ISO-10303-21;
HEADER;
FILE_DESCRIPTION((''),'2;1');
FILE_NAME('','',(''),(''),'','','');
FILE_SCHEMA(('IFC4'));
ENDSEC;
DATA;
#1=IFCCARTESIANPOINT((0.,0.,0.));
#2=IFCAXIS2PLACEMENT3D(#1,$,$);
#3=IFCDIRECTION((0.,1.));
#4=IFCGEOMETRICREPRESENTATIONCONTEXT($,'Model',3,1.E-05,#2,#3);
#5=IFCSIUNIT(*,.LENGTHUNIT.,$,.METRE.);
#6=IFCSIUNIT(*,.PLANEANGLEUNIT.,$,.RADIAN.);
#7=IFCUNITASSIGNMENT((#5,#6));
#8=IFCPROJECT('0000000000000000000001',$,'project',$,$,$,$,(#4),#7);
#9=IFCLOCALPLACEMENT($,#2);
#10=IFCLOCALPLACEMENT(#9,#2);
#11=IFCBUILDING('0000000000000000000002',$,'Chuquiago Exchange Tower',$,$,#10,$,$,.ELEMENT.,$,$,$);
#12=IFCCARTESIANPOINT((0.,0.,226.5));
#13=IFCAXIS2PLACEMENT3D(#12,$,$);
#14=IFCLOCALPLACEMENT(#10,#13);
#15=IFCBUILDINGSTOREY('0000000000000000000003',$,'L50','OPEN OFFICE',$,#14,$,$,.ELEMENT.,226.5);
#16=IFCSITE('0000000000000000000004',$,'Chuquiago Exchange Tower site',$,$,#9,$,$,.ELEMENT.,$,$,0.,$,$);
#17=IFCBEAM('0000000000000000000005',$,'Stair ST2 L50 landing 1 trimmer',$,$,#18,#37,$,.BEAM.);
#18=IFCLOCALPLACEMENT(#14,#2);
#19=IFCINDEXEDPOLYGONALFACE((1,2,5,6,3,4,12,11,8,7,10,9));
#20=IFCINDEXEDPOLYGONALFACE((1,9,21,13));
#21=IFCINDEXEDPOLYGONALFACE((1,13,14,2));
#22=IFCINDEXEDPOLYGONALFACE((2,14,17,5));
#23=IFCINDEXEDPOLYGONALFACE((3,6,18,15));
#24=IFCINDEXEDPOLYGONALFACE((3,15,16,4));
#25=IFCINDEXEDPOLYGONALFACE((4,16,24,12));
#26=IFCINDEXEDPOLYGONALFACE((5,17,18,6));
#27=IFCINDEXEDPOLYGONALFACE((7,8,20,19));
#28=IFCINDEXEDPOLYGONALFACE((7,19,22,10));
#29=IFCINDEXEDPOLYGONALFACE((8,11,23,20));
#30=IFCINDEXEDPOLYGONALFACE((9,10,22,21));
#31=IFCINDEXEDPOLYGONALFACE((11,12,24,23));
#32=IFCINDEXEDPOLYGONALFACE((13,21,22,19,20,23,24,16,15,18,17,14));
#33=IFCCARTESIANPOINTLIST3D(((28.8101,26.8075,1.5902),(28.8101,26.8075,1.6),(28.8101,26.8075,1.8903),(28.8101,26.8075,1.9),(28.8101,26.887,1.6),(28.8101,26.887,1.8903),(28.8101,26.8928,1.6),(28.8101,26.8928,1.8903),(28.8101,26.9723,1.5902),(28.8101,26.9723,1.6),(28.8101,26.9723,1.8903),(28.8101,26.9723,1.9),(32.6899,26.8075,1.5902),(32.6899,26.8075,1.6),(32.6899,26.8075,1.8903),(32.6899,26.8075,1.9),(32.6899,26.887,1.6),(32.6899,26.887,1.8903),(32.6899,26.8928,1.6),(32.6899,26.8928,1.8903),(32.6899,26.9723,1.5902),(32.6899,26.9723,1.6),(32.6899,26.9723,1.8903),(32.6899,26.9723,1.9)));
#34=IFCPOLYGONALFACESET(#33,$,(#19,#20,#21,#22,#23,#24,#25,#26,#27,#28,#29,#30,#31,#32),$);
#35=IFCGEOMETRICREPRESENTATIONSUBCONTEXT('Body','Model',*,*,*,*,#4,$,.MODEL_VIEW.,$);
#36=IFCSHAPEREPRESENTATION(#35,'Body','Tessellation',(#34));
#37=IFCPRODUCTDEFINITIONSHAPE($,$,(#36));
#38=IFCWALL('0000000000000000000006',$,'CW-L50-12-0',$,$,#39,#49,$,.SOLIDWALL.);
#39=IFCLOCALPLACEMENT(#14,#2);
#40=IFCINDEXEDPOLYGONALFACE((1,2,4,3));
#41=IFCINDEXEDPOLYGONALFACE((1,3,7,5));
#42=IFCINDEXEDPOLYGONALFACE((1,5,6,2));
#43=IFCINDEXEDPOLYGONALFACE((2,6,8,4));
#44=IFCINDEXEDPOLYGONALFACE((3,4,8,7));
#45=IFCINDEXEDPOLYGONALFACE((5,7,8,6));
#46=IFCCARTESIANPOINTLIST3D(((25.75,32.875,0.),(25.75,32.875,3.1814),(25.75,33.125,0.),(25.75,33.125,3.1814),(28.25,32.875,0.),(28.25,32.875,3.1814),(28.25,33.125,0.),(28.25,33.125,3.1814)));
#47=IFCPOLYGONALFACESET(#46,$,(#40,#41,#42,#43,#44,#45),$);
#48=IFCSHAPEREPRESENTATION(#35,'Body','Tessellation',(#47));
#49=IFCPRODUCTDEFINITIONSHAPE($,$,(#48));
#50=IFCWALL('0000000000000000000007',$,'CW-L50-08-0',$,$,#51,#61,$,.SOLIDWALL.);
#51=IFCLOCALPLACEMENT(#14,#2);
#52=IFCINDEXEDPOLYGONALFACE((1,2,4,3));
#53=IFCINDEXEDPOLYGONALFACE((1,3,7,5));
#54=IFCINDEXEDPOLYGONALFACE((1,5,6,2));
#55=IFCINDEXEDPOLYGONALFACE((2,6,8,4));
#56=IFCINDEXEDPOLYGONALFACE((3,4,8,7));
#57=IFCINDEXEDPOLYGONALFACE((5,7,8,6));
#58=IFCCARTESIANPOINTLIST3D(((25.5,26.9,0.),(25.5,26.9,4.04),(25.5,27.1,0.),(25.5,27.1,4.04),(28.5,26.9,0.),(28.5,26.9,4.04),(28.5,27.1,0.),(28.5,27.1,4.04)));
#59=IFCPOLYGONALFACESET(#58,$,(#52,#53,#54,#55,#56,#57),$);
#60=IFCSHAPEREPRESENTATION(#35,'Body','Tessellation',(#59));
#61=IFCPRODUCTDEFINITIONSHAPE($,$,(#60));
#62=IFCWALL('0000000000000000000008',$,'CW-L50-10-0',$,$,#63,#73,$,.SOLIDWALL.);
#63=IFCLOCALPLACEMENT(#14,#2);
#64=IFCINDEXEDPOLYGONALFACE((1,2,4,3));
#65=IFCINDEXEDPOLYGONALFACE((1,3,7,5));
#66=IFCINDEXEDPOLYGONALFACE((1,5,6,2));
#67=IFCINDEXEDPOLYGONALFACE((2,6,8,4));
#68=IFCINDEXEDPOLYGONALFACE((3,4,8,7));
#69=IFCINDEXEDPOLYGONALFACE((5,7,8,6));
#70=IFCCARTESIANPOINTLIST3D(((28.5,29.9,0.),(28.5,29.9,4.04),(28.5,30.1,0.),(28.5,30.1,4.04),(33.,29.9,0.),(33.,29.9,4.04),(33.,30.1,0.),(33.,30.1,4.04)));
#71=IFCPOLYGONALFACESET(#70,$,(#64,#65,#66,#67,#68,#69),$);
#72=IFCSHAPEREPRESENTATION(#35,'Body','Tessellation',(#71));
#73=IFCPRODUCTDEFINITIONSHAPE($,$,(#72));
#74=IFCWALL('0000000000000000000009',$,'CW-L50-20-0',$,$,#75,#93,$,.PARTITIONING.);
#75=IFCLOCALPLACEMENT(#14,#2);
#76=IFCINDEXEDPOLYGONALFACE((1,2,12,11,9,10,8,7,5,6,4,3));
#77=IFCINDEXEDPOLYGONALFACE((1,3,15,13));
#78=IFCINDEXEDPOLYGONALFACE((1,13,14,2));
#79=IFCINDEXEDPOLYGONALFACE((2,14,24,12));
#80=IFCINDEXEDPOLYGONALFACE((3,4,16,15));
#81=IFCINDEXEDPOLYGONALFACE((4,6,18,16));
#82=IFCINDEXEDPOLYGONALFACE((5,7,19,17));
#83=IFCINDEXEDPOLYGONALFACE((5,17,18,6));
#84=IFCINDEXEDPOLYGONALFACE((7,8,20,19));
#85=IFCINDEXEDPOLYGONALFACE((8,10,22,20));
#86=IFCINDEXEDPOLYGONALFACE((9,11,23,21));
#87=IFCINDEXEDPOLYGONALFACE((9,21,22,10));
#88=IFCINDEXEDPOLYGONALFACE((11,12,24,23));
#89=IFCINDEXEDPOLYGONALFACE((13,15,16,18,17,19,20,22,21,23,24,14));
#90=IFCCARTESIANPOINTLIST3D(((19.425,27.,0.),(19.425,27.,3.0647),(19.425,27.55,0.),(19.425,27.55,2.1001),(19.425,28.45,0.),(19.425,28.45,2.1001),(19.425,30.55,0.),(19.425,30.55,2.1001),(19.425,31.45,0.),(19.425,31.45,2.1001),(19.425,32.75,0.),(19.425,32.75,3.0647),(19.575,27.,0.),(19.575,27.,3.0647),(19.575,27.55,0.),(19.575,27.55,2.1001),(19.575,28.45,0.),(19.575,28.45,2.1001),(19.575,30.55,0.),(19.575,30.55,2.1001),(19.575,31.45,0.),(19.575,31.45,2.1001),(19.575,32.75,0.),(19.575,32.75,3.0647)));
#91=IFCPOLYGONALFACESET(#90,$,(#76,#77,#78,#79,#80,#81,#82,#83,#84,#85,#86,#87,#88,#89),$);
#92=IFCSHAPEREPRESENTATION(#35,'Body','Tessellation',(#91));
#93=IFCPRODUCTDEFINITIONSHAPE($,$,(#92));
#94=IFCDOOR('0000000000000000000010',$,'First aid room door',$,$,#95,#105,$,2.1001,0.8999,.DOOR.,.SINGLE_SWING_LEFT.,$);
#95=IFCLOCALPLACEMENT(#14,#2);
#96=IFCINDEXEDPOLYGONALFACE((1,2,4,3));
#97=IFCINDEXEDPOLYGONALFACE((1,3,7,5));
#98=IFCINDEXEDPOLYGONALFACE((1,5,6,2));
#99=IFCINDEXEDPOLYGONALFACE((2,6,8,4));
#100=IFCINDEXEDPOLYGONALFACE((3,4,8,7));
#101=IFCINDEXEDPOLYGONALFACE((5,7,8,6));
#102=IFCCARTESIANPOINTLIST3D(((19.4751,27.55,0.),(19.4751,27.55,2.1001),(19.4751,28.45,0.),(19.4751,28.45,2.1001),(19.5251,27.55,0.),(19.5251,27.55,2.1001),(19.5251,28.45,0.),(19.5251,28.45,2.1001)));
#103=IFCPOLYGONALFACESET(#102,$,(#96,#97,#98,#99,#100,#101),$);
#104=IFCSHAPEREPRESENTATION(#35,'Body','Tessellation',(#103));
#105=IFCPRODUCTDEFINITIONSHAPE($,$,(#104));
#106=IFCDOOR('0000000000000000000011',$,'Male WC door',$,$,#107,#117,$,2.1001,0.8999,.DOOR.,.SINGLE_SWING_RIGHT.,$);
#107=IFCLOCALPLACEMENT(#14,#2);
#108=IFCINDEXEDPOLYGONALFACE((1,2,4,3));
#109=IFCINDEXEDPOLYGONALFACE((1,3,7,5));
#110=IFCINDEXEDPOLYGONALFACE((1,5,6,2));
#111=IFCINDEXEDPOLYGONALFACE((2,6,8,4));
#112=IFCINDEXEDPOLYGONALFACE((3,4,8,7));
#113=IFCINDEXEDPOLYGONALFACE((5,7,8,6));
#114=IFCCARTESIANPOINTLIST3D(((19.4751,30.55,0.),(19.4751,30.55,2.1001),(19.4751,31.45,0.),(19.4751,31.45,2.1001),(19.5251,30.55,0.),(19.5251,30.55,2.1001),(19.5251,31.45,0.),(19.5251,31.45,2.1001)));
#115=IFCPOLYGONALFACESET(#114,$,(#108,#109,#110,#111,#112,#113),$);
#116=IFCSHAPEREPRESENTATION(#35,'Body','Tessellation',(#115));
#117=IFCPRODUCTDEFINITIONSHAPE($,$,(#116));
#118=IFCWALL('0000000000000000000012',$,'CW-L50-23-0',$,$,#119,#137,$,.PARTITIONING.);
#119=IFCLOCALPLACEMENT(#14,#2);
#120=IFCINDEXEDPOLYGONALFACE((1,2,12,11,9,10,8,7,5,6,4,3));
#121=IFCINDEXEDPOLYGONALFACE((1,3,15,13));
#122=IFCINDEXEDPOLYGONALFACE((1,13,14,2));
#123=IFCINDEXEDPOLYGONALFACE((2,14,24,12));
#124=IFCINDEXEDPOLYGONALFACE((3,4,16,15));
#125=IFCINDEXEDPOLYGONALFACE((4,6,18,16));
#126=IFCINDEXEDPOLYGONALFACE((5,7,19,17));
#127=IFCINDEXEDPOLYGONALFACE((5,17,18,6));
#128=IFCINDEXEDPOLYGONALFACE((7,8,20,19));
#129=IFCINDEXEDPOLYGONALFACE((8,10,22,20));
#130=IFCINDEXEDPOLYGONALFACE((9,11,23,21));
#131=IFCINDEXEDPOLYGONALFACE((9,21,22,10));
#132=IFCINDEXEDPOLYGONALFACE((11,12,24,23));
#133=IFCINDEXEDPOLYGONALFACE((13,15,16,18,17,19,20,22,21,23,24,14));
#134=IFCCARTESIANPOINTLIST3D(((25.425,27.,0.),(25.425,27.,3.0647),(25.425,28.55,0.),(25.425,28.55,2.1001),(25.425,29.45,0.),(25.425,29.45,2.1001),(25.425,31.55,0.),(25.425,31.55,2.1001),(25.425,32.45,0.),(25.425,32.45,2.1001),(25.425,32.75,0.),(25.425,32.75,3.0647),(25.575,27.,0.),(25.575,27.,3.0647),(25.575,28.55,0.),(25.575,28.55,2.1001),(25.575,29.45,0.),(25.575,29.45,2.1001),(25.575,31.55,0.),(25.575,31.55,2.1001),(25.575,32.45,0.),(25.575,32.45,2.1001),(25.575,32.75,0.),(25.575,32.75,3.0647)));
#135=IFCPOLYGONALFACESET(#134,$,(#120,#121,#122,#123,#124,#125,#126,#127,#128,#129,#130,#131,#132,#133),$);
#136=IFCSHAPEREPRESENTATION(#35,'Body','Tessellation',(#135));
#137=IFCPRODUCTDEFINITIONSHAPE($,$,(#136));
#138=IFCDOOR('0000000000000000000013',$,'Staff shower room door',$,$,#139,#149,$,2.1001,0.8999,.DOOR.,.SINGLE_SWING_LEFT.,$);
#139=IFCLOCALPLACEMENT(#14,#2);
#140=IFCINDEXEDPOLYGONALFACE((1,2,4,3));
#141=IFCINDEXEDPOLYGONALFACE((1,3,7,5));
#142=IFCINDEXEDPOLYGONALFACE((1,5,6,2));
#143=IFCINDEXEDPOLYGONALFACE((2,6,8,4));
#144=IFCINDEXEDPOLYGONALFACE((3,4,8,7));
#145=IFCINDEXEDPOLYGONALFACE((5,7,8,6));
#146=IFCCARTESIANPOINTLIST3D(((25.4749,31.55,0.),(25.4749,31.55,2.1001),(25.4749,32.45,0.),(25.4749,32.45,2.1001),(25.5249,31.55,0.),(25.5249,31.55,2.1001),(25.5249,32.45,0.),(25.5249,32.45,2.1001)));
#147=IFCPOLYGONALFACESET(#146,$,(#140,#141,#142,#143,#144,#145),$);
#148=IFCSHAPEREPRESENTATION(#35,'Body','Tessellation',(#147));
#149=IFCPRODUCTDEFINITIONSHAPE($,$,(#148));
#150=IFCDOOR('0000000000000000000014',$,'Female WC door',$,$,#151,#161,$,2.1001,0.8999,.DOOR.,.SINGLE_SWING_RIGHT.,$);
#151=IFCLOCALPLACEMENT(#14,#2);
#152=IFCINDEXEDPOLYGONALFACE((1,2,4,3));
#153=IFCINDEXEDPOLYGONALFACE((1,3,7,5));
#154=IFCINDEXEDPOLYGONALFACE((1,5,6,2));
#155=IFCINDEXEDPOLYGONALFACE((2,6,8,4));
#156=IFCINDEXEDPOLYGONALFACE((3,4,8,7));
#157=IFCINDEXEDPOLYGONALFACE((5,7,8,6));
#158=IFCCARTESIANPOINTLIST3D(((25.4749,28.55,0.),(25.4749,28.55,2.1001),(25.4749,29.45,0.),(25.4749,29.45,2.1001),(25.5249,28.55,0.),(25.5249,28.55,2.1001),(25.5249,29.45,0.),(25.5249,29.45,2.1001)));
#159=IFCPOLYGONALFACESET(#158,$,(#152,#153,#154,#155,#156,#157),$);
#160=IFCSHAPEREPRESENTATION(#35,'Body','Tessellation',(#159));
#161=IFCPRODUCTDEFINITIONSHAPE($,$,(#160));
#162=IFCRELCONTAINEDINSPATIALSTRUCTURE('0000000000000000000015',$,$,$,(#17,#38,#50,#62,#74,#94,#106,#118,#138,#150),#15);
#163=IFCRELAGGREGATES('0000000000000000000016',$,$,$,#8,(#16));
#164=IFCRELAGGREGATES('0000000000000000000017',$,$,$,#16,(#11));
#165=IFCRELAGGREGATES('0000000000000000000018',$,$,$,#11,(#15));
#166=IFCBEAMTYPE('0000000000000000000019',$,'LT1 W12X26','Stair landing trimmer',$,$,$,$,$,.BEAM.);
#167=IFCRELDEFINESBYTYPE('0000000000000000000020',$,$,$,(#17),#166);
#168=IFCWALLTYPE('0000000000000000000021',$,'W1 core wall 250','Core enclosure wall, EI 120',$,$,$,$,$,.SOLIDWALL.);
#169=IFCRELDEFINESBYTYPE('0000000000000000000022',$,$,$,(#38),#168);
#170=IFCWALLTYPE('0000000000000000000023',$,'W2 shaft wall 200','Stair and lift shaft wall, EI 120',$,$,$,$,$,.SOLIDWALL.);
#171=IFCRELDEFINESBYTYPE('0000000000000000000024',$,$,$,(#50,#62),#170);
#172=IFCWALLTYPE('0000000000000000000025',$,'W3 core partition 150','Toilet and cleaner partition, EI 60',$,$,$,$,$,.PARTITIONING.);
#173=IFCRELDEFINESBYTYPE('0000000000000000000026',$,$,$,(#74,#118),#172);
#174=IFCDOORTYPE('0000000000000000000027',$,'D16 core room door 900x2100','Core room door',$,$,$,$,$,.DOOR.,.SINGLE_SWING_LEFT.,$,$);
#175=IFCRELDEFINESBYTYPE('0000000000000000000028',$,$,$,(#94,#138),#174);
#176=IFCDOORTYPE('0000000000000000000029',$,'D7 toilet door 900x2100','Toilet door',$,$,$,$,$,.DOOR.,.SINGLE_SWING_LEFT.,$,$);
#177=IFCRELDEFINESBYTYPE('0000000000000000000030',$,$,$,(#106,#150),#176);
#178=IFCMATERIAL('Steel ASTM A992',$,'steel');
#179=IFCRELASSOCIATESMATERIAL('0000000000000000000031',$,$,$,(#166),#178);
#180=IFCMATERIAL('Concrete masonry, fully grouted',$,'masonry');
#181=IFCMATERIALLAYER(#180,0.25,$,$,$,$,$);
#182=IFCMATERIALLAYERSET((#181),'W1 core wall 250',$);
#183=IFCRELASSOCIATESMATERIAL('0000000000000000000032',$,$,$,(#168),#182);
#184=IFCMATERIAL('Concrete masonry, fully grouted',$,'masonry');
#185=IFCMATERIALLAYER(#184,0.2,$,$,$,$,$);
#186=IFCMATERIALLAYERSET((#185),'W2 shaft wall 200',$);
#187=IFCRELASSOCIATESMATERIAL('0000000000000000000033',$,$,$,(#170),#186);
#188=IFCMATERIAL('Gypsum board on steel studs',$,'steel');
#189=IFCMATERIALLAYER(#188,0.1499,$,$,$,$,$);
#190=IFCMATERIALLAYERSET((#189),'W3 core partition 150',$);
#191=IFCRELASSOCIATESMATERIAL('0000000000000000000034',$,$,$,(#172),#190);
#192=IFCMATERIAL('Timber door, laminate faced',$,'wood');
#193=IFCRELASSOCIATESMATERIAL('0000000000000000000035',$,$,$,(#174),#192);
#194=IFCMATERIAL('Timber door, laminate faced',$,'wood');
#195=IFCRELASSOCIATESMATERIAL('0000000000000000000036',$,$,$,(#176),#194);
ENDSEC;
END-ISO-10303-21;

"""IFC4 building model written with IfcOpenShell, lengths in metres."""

from ifc_helpers import new_model, si_unit, direction, frame, frame_2d, origin, origin_2d, place, context, subcontext, project, spatial, rectangle, i_section, extrude, material, layer, layer_set, material_profile, profile_set, type_object, element, fill, save


model = new_model("IFC4")

# Units and contexts
model_context = context("Model", 3, precision=1e-05, world=origin(), true_north=direction((0.0, 1.0)))
body_context = subcontext(model_context, "Body", "Model", "MODEL_VIEW")
ifc_project = project(units=[si_unit("LENGTHUNIT", "METRE"), si_unit("PLANEANGLEUNIT", "RADIAN")], contexts=[model_context])

# Site, building, storey
site_placement = place(None, origin())
site = spatial("IfcSite", under=ifc_project, at=site_placement, Name="Chuquiago Exchange Tower site", CompositionType="ELEMENT", RefElevation=0.0)
building_placement = place(site_placement, origin())
building = spatial("IfcBuilding", under=site, at=building_placement, Name="Chuquiago Exchange Tower", CompositionType="ELEMENT")
storey_placement = place(building_placement, frame((0.0, 0.0, 226.5)))
storey = spatial("IfcBuildingStorey", under=building, at=storey_placement, Name="L50", Description="OPEN OFFICE", CompositionType="ELEMENT", Elevation=226.5)

# Beam
ifc_material_1 = material(Name="Steel ASTM A992", Category="steel")
ifc_material_profile_1 = material_profile(ifc_material_1, i_section(OverallWidth=0.1648, OverallDepth=0.3098, WebThickness=0.0059, FlangeThickness=0.0098, at=origin_2d()), Name="W12X26")
ifc_profile_set_1 = profile_set([ifc_material_profile_1], Name="Steel ASTM A992")
beam_type_1 = type_object("IfcBeamType", Name="LT1 W12X26", Description="Stair landing trimmer", PredefinedType="BEAM", material=ifc_profile_set_1)
for number, where, z_axis, x_axis, name in (
    (1, (28.8101, 26.8899, 1.7451), (1.0, 0.0, 0.0), (0.0, 1.0, 0.0), "Stair ST2 L50 landing 1 trimmer"),
):
    element("IfcBeam", number, at=place(storey_placement, frame(where, z_axis=z_axis, x_axis=x_axis)), inside=storey, type_object=beam_type_1, Name=name, PredefinedType="BEAM", context=body_context, shape_type="SweptSolid", body=[
        extrude(i_section(OverallWidth=0.1648, OverallDepth=0.3098, WebThickness=0.0059, FlangeThickness=0.0098, at=origin_2d()), origin(), (0.0, 0.0, 1.0), 3.8799),
    ])

# Walls
ifc_material_2 = material(Name="Concrete masonry, fully grouted", Category="masonry")
ifc_layer_1 = layer(ifc_material_2, 0.25)
ifc_layer_set_1 = layer_set([ifc_layer_1], Name="W1 core wall 250")
wall_type_1 = type_object("IfcWallType", Name="W1 core wall 250", Description="Core enclosure wall, EI 120", PredefinedType="SOLIDWALL", material=ifc_layer_set_1)
wall_1_placement = place(storey_placement, frame((25.75, 33.0, 0.0), z_axis=(0.0, 0.0, 1.0), x_axis=(1.0, 0.0, 0.0)))
element("IfcWall", 2, at=wall_1_placement, inside=storey, type_object=wall_type_1, Name="CW-L50-12-0", PredefinedType="SOLIDWALL", context=body_context, shape_type="SweptSolid", body=[
    extrude(rectangle(XDim=2.5, YDim=0.25, at=frame_2d((1.25, 0.0))), origin(), (0.0, 0.0, 1.0), 3.1814),
])
ifc_material_3 = material(Name="Concrete masonry, fully grouted", Category="masonry")
ifc_layer_2 = layer(ifc_material_3, 0.2)
ifc_layer_set_2 = layer_set([ifc_layer_2], Name="W2 shaft wall 200")
wall_type_2 = type_object("IfcWallType", Name="W2 shaft wall 200", Description="Stair and lift shaft wall, EI 120", PredefinedType="SOLIDWALL", material=ifc_layer_set_2)
wall_2_placement = place(storey_placement, frame((25.5, 27.0, 0.0), z_axis=(0.0, 0.0, 1.0), x_axis=(1.0, 0.0, 0.0)))
element("IfcWall", 3, at=wall_2_placement, inside=storey, type_object=wall_type_2, Name="CW-L50-08-0", PredefinedType="SOLIDWALL", context=body_context, shape_type="SweptSolid", body=[
    extrude(rectangle(XDim=3.0, YDim=0.2, at=frame_2d((1.5, 0.0))), origin(), (0.0, 0.0, 1.0), 4.04),
])
wall_3_placement = place(storey_placement, frame((28.5, 30.0, 0.0), z_axis=(0.0, 0.0, 1.0), x_axis=(1.0, 0.0, 0.0)))
element("IfcWall", 4, at=wall_3_placement, inside=storey, type_object=wall_type_2, Name="CW-L50-10-0", PredefinedType="SOLIDWALL", context=body_context, shape_type="SweptSolid", body=[
    extrude(rectangle(XDim=4.5, YDim=0.2, at=frame_2d((2.25, 0.0))), origin(), (0.0, 0.0, 1.0), 4.04),
])

# Walls, openings, doors
ifc_material_4 = material(Name="Gypsum board on steel studs", Category="steel")
ifc_layer_3 = layer(ifc_material_4, 0.1499)
ifc_layer_set_3 = layer_set([ifc_layer_3], Name="W3 core partition 150")
wall_type_3 = type_object("IfcWallType", Name="W3 core partition 150", Description="Toilet and cleaner partition, EI 60", PredefinedType="PARTITIONING", material=ifc_layer_set_3)
wall_4_placement = place(storey_placement, frame((19.5, 27.0, 0.0), z_axis=(0.0, 0.0, 1.0), x_axis=(0.0, 1.0, 0.0)))
wall_4 = element("IfcWall", 5, at=wall_4_placement, inside=storey, type_object=wall_type_3, Name="CW-L50-20-0", PredefinedType="PARTITIONING", context=body_context, shape_type="SweptSolid", body=[
    extrude(rectangle(XDim=5.75, YDim=0.1499, at=frame_2d((2.875, 0.0))), origin(), (0.0, 0.0, 1.0), 3.0647),
])
opening_1_placement = place(wall_4_placement, frame((0.55, 0.0, 0.0)))
opening_1 = element("IfcOpeningElement", 6, at=opening_1_placement, cuts=wall_4, PredefinedType="OPENING", context=body_context, shape_type="SweptSolid", body=[
    extrude(rectangle(XDim=0.8999, YDim=2.1001, at=frame_2d((0.45, 1.05))), frame((0.0, 0.085, 0.0), z_axis=(0.0, -1.0, 0.0), x_axis=(1.0, 0.0, 0.0)), (0.0, 0.0, 1.0), 0.1699),
])
opening_2_placement = place(wall_4_placement, frame((3.55, 0.0, 0.0)))
opening_2 = element("IfcOpeningElement", 7, at=opening_2_placement, cuts=wall_4, PredefinedType="OPENING", context=body_context, shape_type="SweptSolid", body=[
    extrude(rectangle(XDim=0.8999, YDim=2.1001, at=frame_2d((0.45, 1.05))), frame((0.0, 0.085, 0.0), z_axis=(0.0, -1.0, 0.0), x_axis=(1.0, 0.0, 0.0)), (0.0, 0.0, 1.0), 0.1699),
])
ifc_material_5 = material(Name="Timber door, laminate faced", Category="wood")
door_type_1 = type_object("IfcDoorType", Name="D16 core room door 900x2100", Description="Core room door", OperationType="SINGLE_SWING_LEFT", PredefinedType="DOOR", material=ifc_material_5)
door_1_placement = place(opening_1_placement, origin())
door_1 = element("IfcDoor", 8, at=door_1_placement, inside=storey, type_object=door_type_1, Name="First aid room door", OperationType="SINGLE_SWING_LEFT", OverallHeight=2.1001, OverallWidth=0.8999, PredefinedType="DOOR", context=body_context, shape_type="SweptSolid", body=[
    extrude(rectangle(XDim=0.8999, YDim=2.1001, at=frame_2d((0.45, 1.05))), frame((0.0, 0.0249, 0.0), z_axis=(0.0, -1.0, 0.0), x_axis=(1.0, 0.0, 0.0)), (0.0, 0.0, 1.0), 0.05),
])
fill(opening_1, door_1)
ifc_material_6 = material(Name="Timber door, laminate faced", Category="wood")
door_type_2 = type_object("IfcDoorType", Name="D7 toilet door 900x2100", Description="Toilet door", OperationType="SINGLE_SWING_LEFT", PredefinedType="DOOR", material=ifc_material_6)
door_2_placement = place(opening_2_placement, origin())
door_2 = element("IfcDoor", 9, at=door_2_placement, inside=storey, type_object=door_type_2, Name="Male WC door", OperationType="SINGLE_SWING_RIGHT", OverallHeight=2.1001, OverallWidth=0.8999, PredefinedType="DOOR", context=body_context, shape_type="SweptSolid", body=[
    extrude(rectangle(XDim=0.8999, YDim=2.1001, at=frame_2d((0.45, 1.05))), frame((0.0, 0.0249, 0.0), z_axis=(0.0, -1.0, 0.0), x_axis=(1.0, 0.0, 0.0)), (0.0, 0.0, 1.0), 0.05),
])
fill(opening_2, door_2)
wall_5_placement = place(storey_placement, frame((25.5, 27.0, 0.0), z_axis=(0.0, 0.0, 1.0), x_axis=(0.0, 1.0, 0.0)))
wall_5 = element("IfcWall", 10, at=wall_5_placement, inside=storey, type_object=wall_type_3, Name="CW-L50-23-0", PredefinedType="PARTITIONING", context=body_context, shape_type="SweptSolid", body=[
    extrude(rectangle(XDim=5.75, YDim=0.1499, at=frame_2d((2.875, 0.0))), origin(), (0.0, 0.0, 1.0), 3.0647),
])
opening_3_placement = place(wall_5_placement, frame((1.55, 0.0, 0.0)))
opening_3 = element("IfcOpeningElement", 11, at=opening_3_placement, cuts=wall_5, PredefinedType="OPENING", context=body_context, shape_type="SweptSolid", body=[
    extrude(rectangle(XDim=0.8999, YDim=2.1001, at=frame_2d((0.45, 1.05))), frame((0.0, 0.085, 0.0), z_axis=(0.0, -1.0, 0.0), x_axis=(1.0, 0.0, 0.0)), (0.0, 0.0, 1.0), 0.1699),
])
opening_4_placement = place(wall_5_placement, frame((4.55, 0.0, 0.0)))
opening_4 = element("IfcOpeningElement", 12, at=opening_4_placement, cuts=wall_5, PredefinedType="OPENING", context=body_context, shape_type="SweptSolid", body=[
    extrude(rectangle(XDim=0.8999, YDim=2.1001, at=frame_2d((0.45, 1.05))), frame((0.0, 0.085, 0.0), z_axis=(0.0, -1.0, 0.0), x_axis=(1.0, 0.0, 0.0)), (0.0, 0.0, 1.0), 0.1699),
])
door_3_placement = place(opening_4_placement, frame((0.8999, 0.0, 0.0), z_axis=(0.0, 0.0, 1.0), x_axis=(-1.0, 0.0, 0.0)))
door_3 = element("IfcDoor", 13, at=door_3_placement, inside=storey, type_object=door_type_1, Name="Staff shower room door", OperationType="SINGLE_SWING_LEFT", OverallHeight=2.1001, OverallWidth=0.8999, PredefinedType="DOOR", context=body_context, shape_type="SweptSolid", body=[
    extrude(rectangle(XDim=0.8999, YDim=2.1001, at=frame_2d((0.45, 1.05))), frame((0.0, 0.0249, 0.0), z_axis=(0.0, -1.0, 0.0), x_axis=(1.0, 0.0, 0.0)), (0.0, 0.0, 1.0), 0.05),
])
fill(opening_4, door_3)
door_4_placement = place(opening_3_placement, frame((0.8999, 0.0, 0.0), z_axis=(0.0, 0.0, 1.0), x_axis=(-1.0, 0.0, 0.0)))
door_4 = element("IfcDoor", 14, at=door_4_placement, inside=storey, type_object=door_type_2, Name="Female WC door", OperationType="SINGLE_SWING_RIGHT", OverallHeight=2.1001, OverallWidth=0.8999, PredefinedType="DOOR", context=body_context, shape_type="SweptSolid", body=[
    extrude(rectangle(XDim=0.8999, YDim=2.1001, at=frame_2d((0.45, 1.05))), frame((0.0, 0.0249, 0.0), z_axis=(0.0, -1.0, 0.0), x_axis=(1.0, 0.0, 0.0)), (0.0, 0.0, 1.0), 0.05),
])
fill(opening_3, door_4)

save(model, "model.ifc")
